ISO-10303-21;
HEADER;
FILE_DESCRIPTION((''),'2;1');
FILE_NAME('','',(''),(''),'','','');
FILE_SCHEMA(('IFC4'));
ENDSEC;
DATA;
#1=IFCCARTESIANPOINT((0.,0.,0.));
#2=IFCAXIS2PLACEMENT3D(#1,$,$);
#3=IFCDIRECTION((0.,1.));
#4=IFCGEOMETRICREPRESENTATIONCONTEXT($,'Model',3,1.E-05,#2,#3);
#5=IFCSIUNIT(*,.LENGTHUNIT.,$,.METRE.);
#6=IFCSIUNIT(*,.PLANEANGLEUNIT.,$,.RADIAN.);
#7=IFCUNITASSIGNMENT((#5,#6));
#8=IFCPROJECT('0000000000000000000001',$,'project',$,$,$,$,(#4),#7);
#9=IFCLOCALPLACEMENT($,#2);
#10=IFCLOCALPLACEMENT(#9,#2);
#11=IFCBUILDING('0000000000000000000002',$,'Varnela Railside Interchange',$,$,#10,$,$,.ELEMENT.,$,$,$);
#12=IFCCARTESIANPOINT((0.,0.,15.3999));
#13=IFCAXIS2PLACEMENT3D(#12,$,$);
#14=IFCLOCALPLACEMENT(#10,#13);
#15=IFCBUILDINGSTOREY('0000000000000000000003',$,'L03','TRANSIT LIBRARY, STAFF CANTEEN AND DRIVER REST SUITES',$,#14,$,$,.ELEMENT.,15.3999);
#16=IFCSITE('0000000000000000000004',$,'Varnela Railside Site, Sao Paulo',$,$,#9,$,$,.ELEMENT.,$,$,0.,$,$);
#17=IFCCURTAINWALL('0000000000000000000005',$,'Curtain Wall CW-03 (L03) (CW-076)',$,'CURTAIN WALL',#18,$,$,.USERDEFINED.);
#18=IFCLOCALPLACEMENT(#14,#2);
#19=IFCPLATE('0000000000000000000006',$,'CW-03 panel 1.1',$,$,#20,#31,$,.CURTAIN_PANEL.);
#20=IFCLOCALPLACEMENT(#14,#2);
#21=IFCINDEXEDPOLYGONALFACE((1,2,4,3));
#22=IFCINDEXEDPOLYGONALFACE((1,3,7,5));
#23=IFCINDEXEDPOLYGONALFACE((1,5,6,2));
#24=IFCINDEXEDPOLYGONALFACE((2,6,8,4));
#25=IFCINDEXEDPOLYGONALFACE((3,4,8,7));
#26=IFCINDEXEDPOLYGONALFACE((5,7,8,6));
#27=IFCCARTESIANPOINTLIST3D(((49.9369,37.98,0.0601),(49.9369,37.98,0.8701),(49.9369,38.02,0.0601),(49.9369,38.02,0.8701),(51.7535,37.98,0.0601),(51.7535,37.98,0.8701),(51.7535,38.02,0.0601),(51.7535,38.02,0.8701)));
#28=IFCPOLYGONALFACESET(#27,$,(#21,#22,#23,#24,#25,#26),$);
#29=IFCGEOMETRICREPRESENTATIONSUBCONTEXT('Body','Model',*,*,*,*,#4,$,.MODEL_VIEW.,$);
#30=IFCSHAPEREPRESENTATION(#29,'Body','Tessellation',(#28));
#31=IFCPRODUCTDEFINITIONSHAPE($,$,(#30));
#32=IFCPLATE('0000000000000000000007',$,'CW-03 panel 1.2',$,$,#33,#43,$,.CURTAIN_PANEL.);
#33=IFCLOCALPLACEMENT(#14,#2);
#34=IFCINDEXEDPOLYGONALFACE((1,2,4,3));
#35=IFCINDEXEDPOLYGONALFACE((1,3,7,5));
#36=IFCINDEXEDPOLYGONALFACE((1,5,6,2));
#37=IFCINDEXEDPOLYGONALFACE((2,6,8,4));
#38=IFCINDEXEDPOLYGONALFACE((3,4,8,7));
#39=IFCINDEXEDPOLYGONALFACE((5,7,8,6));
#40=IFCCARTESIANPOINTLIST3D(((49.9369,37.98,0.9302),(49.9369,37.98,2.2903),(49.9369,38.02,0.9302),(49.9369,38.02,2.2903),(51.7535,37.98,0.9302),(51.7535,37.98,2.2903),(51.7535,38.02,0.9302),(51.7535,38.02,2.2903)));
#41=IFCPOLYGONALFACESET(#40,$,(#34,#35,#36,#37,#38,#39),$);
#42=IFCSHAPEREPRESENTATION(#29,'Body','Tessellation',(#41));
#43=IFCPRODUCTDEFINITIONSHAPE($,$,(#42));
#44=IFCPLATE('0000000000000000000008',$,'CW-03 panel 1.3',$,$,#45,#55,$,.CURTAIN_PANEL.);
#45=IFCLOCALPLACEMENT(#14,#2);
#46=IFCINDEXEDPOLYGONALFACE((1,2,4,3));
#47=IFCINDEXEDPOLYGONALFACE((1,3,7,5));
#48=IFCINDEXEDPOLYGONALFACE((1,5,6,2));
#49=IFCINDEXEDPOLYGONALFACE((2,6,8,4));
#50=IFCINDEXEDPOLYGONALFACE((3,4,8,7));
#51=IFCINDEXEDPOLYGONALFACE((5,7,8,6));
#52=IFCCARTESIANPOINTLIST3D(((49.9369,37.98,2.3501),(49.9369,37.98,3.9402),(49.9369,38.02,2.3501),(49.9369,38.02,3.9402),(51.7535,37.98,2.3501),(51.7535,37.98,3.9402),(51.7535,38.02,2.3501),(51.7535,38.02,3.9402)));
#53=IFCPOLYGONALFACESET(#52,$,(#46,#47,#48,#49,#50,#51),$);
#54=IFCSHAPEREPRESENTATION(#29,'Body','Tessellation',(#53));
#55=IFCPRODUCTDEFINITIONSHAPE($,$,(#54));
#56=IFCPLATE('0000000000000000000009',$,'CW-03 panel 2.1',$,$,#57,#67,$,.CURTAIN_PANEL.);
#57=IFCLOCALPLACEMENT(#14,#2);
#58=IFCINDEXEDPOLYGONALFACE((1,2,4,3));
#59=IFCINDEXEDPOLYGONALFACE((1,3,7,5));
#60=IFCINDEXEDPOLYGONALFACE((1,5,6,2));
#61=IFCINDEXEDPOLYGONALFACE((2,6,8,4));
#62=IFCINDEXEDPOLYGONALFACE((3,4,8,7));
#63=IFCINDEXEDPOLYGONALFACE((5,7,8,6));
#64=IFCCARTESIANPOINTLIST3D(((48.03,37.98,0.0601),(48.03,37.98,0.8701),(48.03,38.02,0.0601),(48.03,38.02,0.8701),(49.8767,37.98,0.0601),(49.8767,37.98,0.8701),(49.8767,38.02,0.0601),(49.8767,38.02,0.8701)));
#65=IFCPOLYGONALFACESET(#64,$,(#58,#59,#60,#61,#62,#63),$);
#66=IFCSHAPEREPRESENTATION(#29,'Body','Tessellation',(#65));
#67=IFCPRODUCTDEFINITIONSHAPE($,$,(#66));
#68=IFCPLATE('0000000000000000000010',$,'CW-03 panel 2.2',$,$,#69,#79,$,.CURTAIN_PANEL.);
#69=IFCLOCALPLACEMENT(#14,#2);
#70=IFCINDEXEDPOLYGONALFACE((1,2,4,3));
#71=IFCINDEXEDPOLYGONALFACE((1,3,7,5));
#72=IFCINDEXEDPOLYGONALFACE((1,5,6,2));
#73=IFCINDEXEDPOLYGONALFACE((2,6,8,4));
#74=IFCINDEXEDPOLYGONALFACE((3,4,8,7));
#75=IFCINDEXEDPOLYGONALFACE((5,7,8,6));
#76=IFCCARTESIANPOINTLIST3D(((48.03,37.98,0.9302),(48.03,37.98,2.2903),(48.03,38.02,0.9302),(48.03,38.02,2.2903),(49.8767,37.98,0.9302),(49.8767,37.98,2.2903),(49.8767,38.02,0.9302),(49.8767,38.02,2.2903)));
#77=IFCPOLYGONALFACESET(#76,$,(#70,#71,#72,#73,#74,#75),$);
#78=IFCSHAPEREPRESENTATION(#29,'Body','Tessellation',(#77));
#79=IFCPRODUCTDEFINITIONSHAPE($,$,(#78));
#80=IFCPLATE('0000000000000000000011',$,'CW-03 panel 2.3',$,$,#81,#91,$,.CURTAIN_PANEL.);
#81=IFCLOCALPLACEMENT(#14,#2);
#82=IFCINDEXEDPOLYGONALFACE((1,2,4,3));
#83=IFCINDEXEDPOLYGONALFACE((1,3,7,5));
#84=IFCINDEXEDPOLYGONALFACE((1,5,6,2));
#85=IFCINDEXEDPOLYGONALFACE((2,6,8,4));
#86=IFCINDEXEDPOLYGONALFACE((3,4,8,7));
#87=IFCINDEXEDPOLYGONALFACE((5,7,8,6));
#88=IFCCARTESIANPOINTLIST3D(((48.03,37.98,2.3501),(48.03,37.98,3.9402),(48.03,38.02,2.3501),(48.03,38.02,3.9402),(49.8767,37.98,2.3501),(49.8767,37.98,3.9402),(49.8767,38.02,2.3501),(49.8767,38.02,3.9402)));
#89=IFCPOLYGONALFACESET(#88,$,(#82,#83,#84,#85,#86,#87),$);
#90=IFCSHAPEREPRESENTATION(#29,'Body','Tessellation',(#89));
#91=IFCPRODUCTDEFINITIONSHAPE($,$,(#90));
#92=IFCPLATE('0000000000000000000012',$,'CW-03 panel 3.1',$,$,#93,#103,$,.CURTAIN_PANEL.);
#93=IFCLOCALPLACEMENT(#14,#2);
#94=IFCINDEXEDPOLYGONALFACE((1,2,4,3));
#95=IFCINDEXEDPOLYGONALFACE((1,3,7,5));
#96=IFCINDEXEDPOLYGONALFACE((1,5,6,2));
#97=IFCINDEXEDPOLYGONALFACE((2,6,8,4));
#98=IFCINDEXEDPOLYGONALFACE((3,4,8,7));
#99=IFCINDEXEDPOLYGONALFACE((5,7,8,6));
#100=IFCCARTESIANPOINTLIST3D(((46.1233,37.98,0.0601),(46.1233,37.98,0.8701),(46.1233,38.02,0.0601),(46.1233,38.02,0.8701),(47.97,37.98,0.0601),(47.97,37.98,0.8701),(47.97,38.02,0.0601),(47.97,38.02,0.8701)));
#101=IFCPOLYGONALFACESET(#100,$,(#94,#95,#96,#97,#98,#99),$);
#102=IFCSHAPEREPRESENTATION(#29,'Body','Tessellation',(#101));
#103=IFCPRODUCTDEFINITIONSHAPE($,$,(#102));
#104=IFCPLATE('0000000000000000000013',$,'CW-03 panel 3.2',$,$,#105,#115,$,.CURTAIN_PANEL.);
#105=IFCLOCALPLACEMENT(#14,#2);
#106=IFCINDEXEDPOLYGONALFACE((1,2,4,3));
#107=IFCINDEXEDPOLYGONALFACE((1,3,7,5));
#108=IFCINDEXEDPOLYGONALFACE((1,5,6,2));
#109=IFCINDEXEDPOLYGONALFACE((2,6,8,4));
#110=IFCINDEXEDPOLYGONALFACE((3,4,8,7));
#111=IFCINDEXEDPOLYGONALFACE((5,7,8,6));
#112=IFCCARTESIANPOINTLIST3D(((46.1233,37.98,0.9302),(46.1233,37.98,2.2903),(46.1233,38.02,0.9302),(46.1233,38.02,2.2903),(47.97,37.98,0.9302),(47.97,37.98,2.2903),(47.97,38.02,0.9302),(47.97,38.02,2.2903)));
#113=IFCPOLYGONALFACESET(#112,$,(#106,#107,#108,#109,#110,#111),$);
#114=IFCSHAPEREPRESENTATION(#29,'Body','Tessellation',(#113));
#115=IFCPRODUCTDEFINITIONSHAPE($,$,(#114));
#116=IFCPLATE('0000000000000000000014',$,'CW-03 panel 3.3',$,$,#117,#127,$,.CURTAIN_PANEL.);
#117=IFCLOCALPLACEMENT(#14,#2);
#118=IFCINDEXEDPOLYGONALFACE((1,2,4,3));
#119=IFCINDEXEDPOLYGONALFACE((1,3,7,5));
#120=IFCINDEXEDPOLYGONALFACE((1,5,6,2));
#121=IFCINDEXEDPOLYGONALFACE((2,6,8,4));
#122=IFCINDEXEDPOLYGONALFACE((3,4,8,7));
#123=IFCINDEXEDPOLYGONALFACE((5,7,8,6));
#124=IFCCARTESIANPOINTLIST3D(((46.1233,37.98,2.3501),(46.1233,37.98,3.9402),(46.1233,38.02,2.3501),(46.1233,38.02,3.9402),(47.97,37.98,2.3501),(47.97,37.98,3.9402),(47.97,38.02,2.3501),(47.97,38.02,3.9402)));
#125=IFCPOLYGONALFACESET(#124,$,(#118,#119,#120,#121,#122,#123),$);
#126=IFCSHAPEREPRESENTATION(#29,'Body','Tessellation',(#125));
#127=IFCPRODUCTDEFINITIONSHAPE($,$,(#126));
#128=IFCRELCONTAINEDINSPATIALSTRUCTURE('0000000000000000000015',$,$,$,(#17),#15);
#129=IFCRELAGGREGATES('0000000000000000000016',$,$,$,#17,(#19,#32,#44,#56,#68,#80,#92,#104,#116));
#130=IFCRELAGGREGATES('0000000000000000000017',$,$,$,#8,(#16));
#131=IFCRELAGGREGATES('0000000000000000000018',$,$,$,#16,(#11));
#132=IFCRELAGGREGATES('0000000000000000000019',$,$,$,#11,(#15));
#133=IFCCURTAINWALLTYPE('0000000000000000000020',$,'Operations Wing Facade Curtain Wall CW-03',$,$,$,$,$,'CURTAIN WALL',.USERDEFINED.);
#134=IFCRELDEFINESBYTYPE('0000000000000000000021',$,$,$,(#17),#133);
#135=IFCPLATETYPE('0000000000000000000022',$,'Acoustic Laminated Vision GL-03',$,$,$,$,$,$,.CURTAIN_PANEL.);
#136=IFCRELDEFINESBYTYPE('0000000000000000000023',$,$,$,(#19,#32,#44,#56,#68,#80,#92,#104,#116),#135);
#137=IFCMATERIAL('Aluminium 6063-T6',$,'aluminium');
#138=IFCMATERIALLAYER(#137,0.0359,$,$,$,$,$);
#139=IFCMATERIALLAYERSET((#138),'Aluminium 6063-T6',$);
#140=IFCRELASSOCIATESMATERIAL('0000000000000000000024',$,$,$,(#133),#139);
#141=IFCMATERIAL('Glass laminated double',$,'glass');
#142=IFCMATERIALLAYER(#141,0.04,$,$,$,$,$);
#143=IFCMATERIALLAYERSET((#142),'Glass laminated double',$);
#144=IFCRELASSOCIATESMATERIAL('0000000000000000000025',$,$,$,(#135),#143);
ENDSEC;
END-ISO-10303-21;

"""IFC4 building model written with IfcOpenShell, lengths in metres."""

from ifc_helpers import new_model, si_unit, direction, frame, origin, origin_2d, place, context, subcontext, project, spatial, rectangle, extrude, material, layer, layer_set, type_object, element, aggregate, save


model = new_model("IFC4")

# Units and contexts
model_context = context("Model", 3, precision=1e-05, world=origin(), true_north=direction((0.0, 1.0)))
body_context = subcontext(model_context, "Body", "Model", "MODEL_VIEW")
ifc_project = project(units=[si_unit("LENGTHUNIT", "METRE"), si_unit("PLANEANGLEUNIT", "RADIAN")], contexts=[model_context])

# Site, building, storey
site_placement = place(None, origin())
site = spatial("IfcSite", under=ifc_project, at=site_placement, Name="Varnela Railside Site, Sao Paulo", CompositionType="ELEMENT", RefElevation=0.0)
building_placement = place(site_placement, origin())
building = spatial("IfcBuilding", under=site, at=building_placement, Name="Varnela Railside Interchange", CompositionType="ELEMENT")
storey_placement = place(building_placement, frame((0.0, 0.0, 15.3999)))
storey = spatial("IfcBuildingStorey", under=building, at=storey_placement, Name="L03", Description="TRANSIT LIBRARY, STAFF CANTEEN AND DRIVER REST SUITES", CompositionType="ELEMENT", Elevation=15.3999)

# Curtain wall, plates
ifc_material_1 = material(Name="Aluminium 6063-T6", Category="aluminium")
ifc_layer_1 = layer(ifc_material_1, 0.0359)
ifc_layer_set_1 = layer_set([ifc_layer_1], Name="Aluminium 6063-T6")
curtain_wall_type = type_object("IfcCurtainWallType", Name="Operations Wing Facade Curtain Wall CW-03", ElementType="CURTAIN WALL", PredefinedType="USERDEFINED", material=ifc_layer_set_1)
curtain_wall_placement = place(storey_placement, origin())
curtain_wall = element("IfcCurtainWall", 1, at=curtain_wall_placement, inside=storey, type_object=curtain_wall_type, Name="Curtain Wall CW-03 (L03) (CW-076)", ObjectType="CURTAIN WALL", PredefinedType="USERDEFINED")
ifc_material_2 = material(Name="Glass laminated double", Category="glass")
ifc_layer_2 = layer(ifc_material_2, 0.04)
ifc_layer_set_2 = layer_set([ifc_layer_2], Name="Glass laminated double")
plate_type = type_object("IfcPlateType", Name="Acoustic Laminated Vision GL-03", PredefinedType="CURTAIN_PANEL", material=ifc_layer_set_2)
plate_1_placement = place(storey_placement, frame((50.8452, 38.0, 0.0601), z_axis=(0.0, 0.0, 1.0), x_axis=(-1.0, 0.0, 0.0)))
plate_1 = element("IfcPlate", 2, at=plate_1_placement, type_object=plate_type, Name="CW-03 panel 1.1", PredefinedType="CURTAIN_PANEL", context=body_context, shape_type="SweptSolid", body=[
    extrude(rectangle(XDim=1.8167, YDim=0.04, at=origin_2d()), origin(), (0.0, 0.0, 1.0), 0.8101),
])
plate_2_placement = place(storey_placement, frame((50.8452, 38.0, 0.9302), z_axis=(0.0, 0.0, 1.0), x_axis=(-1.0, 0.0, 0.0)))
plate_2 = element("IfcPlate", 3, at=plate_2_placement, type_object=plate_type, Name="CW-03 panel 1.2", PredefinedType="CURTAIN_PANEL", context=body_context, shape_type="SweptSolid", body=[
    extrude(rectangle(XDim=1.8167, YDim=0.04, at=origin_2d()), origin(), (0.0, 0.0, 1.0), 1.3601),
])
plate_3_placement = place(storey_placement, frame((50.8452, 38.0, 2.3501), z_axis=(0.0, 0.0, 1.0), x_axis=(-1.0, 0.0, 0.0)))
plate_3 = element("IfcPlate", 4, at=plate_3_placement, type_object=plate_type, Name="CW-03 panel 1.3", PredefinedType="CURTAIN_PANEL", context=body_context, shape_type="SweptSolid", body=[
    extrude(rectangle(XDim=1.8167, YDim=0.04, at=origin_2d()), origin(), (0.0, 0.0, 1.0), 1.5901),
])
plate_4_placement = place(storey_placement, frame((48.9534, 38.0, 0.0601), z_axis=(0.0, 0.0, 1.0), x_axis=(-1.0, 0.0, 0.0)))
plate_4 = element("IfcPlate", 5, at=plate_4_placement, type_object=plate_type, Name="CW-03 panel 2.1", PredefinedType="CURTAIN_PANEL", context=body_context, shape_type="SweptSolid", body=[
    extrude(rectangle(XDim=1.8467, YDim=0.04, at=origin_2d()), origin(), (0.0, 0.0, 1.0), 0.8101),
])
plate_5_placement = place(storey_placement, frame((48.9534, 38.0, 0.9302), z_axis=(0.0, 0.0, 1.0), x_axis=(-1.0, 0.0, 0.0)))
plate_5 = element("IfcPlate", 6, at=plate_5_placement, type_object=plate_type, Name="CW-03 panel 2.2", PredefinedType="CURTAIN_PANEL", context=body_context, shape_type="SweptSolid", body=[
    extrude(rectangle(XDim=1.8467, YDim=0.04, at=origin_2d()), origin(), (0.0, 0.0, 1.0), 1.3601),
])
plate_6_placement = place(storey_placement, frame((48.9534, 38.0, 2.3501), z_axis=(0.0, 0.0, 1.0), x_axis=(-1.0, 0.0, 0.0)))
plate_6 = element("IfcPlate", 7, at=plate_6_placement, type_object=plate_type, Name="CW-03 panel 2.3", PredefinedType="CURTAIN_PANEL", context=body_context, shape_type="SweptSolid", body=[
    extrude(rectangle(XDim=1.8467, YDim=0.04, at=origin_2d()), origin(), (0.0, 0.0, 1.0), 1.5901),
])
plate_7_placement = place(storey_placement, frame((47.0466, 38.0, 0.0601), z_axis=(0.0, 0.0, 1.0), x_axis=(-1.0, 0.0, 0.0)))
plate_7 = element("IfcPlate", 8, at=plate_7_placement, type_object=plate_type, Name="CW-03 panel 3.1", PredefinedType="CURTAIN_PANEL", context=body_context, shape_type="SweptSolid", body=[
    extrude(rectangle(XDim=1.8467, YDim=0.04, at=origin_2d()), origin(), (0.0, 0.0, 1.0), 0.8101),
])
plate_8_placement = place(storey_placement, frame((47.0466, 38.0, 0.9302), z_axis=(0.0, 0.0, 1.0), x_axis=(-1.0, 0.0, 0.0)))
plate_8 = element("IfcPlate", 9, at=plate_8_placement, type_object=plate_type, Name="CW-03 panel 3.2", PredefinedType="CURTAIN_PANEL", context=body_context, shape_type="SweptSolid", body=[
    extrude(rectangle(XDim=1.8467, YDim=0.04, at=origin_2d()), origin(), (0.0, 0.0, 1.0), 1.3601),
])
plate_9_placement = place(storey_placement, frame((47.0466, 38.0, 2.3501), z_axis=(0.0, 0.0, 1.0), x_axis=(-1.0, 0.0, 0.0)))
plate_9 = element("IfcPlate", 10, at=plate_9_placement, type_object=plate_type, Name="CW-03 panel 3.3", PredefinedType="CURTAIN_PANEL", context=body_context, shape_type="SweptSolid", body=[
    extrude(rectangle(XDim=1.8467, YDim=0.04, at=origin_2d()), origin(), (0.0, 0.0, 1.0), 1.5901),
])
aggregate(curtain_wall, [plate_1, plate_2, plate_3, plate_4, plate_5, plate_6, plate_7, plate_8, plate_9])

save(model, "model.ifc")
